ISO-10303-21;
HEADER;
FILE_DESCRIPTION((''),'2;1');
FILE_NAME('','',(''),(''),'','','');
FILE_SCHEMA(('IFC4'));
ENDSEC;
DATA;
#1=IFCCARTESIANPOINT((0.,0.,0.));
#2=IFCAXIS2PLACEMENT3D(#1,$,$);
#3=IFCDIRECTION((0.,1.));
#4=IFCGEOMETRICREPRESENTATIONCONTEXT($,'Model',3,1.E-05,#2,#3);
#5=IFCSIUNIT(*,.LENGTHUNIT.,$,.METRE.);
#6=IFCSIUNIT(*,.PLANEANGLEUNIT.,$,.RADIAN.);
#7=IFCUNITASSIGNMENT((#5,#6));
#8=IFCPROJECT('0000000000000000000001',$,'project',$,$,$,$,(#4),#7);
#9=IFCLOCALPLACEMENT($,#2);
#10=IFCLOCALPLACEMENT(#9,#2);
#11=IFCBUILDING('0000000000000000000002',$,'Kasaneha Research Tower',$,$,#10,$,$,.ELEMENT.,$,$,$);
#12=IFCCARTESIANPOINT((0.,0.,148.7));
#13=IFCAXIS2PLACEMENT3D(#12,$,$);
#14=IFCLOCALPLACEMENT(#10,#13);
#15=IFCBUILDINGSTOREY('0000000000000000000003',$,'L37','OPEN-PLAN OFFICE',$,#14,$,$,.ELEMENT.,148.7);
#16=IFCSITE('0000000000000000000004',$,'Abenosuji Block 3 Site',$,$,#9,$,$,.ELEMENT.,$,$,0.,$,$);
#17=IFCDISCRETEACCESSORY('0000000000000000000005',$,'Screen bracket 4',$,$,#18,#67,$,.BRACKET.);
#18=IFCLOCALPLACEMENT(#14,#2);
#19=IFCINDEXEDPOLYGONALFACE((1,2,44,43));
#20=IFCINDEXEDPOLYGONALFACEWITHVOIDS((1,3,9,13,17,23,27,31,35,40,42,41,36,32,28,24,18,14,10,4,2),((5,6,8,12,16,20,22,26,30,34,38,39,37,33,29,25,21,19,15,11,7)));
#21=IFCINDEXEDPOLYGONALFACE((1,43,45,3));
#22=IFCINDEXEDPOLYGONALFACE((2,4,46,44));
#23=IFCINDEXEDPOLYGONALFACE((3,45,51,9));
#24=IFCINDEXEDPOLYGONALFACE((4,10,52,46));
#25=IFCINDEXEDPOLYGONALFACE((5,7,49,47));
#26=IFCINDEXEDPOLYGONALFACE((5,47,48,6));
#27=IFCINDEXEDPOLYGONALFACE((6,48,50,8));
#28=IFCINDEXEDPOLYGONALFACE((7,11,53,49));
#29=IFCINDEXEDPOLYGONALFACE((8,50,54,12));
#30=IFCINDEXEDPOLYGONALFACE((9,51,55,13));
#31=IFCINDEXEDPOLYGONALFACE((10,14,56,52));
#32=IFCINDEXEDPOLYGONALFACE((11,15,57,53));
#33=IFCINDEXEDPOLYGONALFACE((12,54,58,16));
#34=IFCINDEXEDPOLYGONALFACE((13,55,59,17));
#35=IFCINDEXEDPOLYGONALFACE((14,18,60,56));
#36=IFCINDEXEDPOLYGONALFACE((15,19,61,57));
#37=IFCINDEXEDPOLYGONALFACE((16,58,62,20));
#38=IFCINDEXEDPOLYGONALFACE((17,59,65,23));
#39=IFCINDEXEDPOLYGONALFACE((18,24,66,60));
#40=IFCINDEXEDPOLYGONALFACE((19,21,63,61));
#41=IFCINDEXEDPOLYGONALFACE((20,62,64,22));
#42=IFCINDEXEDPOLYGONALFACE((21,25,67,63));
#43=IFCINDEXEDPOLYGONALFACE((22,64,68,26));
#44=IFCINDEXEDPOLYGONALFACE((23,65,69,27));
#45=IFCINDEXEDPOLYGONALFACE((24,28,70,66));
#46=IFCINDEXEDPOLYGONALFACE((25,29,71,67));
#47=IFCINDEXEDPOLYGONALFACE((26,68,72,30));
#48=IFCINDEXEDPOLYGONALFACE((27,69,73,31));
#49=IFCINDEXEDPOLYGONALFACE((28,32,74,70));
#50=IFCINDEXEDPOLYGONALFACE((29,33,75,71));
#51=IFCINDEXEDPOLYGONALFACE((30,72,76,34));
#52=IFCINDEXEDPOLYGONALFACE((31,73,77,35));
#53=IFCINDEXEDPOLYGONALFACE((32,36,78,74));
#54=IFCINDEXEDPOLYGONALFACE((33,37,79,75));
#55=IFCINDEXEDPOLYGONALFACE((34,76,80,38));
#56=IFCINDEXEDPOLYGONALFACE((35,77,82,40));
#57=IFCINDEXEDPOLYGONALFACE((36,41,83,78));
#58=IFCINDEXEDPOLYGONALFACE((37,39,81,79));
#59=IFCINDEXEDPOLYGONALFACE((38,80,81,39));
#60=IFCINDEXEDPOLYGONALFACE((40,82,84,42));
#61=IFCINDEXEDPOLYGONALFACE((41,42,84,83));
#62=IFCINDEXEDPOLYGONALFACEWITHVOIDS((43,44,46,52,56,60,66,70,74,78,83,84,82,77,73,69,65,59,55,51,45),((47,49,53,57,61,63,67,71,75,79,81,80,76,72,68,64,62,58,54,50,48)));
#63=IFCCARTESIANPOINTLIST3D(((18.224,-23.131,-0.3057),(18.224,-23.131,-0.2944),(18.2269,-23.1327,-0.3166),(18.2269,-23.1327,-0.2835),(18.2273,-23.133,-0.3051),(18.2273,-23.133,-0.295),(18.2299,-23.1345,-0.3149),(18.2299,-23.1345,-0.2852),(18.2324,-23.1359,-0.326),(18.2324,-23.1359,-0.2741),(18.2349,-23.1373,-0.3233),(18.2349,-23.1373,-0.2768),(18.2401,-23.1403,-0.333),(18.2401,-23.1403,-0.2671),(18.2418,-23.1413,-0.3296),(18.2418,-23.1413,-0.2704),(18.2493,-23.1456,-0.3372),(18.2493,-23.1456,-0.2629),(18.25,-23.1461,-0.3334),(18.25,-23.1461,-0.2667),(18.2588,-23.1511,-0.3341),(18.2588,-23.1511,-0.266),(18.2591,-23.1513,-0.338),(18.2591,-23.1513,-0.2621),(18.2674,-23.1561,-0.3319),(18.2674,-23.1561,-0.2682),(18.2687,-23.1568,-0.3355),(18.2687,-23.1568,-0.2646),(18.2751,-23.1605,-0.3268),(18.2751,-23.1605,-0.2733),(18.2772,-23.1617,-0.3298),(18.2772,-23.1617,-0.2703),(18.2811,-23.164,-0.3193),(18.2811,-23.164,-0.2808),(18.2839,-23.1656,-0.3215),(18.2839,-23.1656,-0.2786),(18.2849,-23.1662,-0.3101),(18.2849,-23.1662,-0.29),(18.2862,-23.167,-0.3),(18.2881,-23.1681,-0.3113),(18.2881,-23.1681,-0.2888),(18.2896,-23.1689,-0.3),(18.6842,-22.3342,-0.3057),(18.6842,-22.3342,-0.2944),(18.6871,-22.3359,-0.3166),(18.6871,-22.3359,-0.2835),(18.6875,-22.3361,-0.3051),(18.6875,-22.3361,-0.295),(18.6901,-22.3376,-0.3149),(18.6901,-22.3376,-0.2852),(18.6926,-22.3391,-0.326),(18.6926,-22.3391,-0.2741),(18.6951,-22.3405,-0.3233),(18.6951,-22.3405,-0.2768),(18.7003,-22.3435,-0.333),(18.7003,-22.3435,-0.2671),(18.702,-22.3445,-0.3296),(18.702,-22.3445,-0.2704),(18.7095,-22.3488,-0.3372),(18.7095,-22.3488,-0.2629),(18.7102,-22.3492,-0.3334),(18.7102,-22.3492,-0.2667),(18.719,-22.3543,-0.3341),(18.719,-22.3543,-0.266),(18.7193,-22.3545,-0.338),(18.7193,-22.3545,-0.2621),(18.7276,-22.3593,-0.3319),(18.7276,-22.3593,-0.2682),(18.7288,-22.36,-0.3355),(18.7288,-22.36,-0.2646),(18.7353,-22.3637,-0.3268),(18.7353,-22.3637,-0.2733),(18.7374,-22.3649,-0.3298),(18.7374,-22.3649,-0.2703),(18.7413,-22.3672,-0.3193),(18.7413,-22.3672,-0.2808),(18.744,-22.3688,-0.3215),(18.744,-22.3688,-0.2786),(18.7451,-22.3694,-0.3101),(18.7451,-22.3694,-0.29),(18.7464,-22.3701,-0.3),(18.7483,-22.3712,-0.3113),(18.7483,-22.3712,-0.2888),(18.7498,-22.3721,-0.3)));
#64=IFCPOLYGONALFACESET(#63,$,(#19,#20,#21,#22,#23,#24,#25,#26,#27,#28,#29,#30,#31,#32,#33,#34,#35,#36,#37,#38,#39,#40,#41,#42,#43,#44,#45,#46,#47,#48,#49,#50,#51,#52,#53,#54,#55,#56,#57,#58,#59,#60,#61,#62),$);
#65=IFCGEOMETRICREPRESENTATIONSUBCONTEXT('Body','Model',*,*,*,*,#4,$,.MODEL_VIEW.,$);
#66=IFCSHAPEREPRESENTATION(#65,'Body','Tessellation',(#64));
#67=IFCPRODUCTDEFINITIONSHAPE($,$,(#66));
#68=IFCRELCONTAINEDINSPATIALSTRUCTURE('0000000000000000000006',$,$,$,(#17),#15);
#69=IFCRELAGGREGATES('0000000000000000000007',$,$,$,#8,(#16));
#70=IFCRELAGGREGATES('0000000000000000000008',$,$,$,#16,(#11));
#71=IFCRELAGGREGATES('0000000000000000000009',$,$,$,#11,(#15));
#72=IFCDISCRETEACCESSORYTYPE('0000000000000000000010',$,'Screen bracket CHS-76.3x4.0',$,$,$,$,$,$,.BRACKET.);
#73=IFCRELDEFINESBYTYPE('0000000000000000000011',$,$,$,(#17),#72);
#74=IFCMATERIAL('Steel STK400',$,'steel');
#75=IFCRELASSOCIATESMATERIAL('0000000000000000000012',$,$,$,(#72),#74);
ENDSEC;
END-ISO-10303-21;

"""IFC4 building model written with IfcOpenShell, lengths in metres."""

from ifc_helpers import new_model, si_unit, direction, frame, origin, origin_2d, place, context, subcontext, project, spatial, hollow_circle, extrude, material, material_profile, profile_set, type_object, element, save


model = new_model("IFC4")

# Units and contexts
model_context = context("Model", 3, precision=1e-05, world=origin(), true_north=direction((0.0, 1.0)))
body_context = subcontext(model_context, "Body", "Model", "MODEL_VIEW")
ifc_project = project(units=[si_unit("LENGTHUNIT", "METRE"), si_unit("PLANEANGLEUNIT", "RADIAN")], contexts=[model_context])

# Site, building, storey
site_placement = place(None, origin())
site = spatial("IfcSite", under=ifc_project, at=site_placement, Name="Abenosuji Block 3 Site", CompositionType="ELEMENT", RefElevation=0.0)
building_placement = place(site_placement, origin())
building = spatial("IfcBuilding", under=site, at=building_placement, Name="Kasaneha Research Tower", CompositionType="ELEMENT")
storey_placement = place(building_placement, frame((0.0, 0.0, 148.7)))
storey = spatial("IfcBuildingStorey", under=building, at=storey_placement, Name="L37", Description="OPEN-PLAN OFFICE", CompositionType="ELEMENT", Elevation=148.7)

# Discrete accessory
ifc_material_1 = material(Name="Steel STK400", Category="steel")
ifc_material_profile_1 = material_profile(ifc_material_1, hollow_circle(Radius=0.0381, WallThickness=0.0039, at=origin_2d()), Name="CHS-76.3x4.0")
ifc_profile_set_1 = profile_set([ifc_material_profile_1], Name="Steel STK400")
discrete_accessory_type = type_object("IfcDiscreteAccessoryType", Name="Screen bracket CHS-76.3x4.0", PredefinedType="BRACKET", material=ifc_profile_set_1)
discrete_accessory_1_placement = place(storey_placement, frame((18.7168, -22.353, -0.3), z_axis=(-0.500105, -0.865965, 0.0), x_axis=(0.865965, -0.500105, 0.0)))
element("IfcDiscreteAccessory", 1, at=discrete_accessory_1_placement, inside=storey, type_object=discrete_accessory_type, Name="Screen bracket 4", PredefinedType="BRACKET", context=body_context, shape_type="SweptSolid", body=[
    extrude(hollow_circle(Radius=0.0381, WallThickness=0.0039, at=origin_2d()), origin(), (0.0, 0.0, 1.0), 0.9202),
])

save(model, "model.ifc")
